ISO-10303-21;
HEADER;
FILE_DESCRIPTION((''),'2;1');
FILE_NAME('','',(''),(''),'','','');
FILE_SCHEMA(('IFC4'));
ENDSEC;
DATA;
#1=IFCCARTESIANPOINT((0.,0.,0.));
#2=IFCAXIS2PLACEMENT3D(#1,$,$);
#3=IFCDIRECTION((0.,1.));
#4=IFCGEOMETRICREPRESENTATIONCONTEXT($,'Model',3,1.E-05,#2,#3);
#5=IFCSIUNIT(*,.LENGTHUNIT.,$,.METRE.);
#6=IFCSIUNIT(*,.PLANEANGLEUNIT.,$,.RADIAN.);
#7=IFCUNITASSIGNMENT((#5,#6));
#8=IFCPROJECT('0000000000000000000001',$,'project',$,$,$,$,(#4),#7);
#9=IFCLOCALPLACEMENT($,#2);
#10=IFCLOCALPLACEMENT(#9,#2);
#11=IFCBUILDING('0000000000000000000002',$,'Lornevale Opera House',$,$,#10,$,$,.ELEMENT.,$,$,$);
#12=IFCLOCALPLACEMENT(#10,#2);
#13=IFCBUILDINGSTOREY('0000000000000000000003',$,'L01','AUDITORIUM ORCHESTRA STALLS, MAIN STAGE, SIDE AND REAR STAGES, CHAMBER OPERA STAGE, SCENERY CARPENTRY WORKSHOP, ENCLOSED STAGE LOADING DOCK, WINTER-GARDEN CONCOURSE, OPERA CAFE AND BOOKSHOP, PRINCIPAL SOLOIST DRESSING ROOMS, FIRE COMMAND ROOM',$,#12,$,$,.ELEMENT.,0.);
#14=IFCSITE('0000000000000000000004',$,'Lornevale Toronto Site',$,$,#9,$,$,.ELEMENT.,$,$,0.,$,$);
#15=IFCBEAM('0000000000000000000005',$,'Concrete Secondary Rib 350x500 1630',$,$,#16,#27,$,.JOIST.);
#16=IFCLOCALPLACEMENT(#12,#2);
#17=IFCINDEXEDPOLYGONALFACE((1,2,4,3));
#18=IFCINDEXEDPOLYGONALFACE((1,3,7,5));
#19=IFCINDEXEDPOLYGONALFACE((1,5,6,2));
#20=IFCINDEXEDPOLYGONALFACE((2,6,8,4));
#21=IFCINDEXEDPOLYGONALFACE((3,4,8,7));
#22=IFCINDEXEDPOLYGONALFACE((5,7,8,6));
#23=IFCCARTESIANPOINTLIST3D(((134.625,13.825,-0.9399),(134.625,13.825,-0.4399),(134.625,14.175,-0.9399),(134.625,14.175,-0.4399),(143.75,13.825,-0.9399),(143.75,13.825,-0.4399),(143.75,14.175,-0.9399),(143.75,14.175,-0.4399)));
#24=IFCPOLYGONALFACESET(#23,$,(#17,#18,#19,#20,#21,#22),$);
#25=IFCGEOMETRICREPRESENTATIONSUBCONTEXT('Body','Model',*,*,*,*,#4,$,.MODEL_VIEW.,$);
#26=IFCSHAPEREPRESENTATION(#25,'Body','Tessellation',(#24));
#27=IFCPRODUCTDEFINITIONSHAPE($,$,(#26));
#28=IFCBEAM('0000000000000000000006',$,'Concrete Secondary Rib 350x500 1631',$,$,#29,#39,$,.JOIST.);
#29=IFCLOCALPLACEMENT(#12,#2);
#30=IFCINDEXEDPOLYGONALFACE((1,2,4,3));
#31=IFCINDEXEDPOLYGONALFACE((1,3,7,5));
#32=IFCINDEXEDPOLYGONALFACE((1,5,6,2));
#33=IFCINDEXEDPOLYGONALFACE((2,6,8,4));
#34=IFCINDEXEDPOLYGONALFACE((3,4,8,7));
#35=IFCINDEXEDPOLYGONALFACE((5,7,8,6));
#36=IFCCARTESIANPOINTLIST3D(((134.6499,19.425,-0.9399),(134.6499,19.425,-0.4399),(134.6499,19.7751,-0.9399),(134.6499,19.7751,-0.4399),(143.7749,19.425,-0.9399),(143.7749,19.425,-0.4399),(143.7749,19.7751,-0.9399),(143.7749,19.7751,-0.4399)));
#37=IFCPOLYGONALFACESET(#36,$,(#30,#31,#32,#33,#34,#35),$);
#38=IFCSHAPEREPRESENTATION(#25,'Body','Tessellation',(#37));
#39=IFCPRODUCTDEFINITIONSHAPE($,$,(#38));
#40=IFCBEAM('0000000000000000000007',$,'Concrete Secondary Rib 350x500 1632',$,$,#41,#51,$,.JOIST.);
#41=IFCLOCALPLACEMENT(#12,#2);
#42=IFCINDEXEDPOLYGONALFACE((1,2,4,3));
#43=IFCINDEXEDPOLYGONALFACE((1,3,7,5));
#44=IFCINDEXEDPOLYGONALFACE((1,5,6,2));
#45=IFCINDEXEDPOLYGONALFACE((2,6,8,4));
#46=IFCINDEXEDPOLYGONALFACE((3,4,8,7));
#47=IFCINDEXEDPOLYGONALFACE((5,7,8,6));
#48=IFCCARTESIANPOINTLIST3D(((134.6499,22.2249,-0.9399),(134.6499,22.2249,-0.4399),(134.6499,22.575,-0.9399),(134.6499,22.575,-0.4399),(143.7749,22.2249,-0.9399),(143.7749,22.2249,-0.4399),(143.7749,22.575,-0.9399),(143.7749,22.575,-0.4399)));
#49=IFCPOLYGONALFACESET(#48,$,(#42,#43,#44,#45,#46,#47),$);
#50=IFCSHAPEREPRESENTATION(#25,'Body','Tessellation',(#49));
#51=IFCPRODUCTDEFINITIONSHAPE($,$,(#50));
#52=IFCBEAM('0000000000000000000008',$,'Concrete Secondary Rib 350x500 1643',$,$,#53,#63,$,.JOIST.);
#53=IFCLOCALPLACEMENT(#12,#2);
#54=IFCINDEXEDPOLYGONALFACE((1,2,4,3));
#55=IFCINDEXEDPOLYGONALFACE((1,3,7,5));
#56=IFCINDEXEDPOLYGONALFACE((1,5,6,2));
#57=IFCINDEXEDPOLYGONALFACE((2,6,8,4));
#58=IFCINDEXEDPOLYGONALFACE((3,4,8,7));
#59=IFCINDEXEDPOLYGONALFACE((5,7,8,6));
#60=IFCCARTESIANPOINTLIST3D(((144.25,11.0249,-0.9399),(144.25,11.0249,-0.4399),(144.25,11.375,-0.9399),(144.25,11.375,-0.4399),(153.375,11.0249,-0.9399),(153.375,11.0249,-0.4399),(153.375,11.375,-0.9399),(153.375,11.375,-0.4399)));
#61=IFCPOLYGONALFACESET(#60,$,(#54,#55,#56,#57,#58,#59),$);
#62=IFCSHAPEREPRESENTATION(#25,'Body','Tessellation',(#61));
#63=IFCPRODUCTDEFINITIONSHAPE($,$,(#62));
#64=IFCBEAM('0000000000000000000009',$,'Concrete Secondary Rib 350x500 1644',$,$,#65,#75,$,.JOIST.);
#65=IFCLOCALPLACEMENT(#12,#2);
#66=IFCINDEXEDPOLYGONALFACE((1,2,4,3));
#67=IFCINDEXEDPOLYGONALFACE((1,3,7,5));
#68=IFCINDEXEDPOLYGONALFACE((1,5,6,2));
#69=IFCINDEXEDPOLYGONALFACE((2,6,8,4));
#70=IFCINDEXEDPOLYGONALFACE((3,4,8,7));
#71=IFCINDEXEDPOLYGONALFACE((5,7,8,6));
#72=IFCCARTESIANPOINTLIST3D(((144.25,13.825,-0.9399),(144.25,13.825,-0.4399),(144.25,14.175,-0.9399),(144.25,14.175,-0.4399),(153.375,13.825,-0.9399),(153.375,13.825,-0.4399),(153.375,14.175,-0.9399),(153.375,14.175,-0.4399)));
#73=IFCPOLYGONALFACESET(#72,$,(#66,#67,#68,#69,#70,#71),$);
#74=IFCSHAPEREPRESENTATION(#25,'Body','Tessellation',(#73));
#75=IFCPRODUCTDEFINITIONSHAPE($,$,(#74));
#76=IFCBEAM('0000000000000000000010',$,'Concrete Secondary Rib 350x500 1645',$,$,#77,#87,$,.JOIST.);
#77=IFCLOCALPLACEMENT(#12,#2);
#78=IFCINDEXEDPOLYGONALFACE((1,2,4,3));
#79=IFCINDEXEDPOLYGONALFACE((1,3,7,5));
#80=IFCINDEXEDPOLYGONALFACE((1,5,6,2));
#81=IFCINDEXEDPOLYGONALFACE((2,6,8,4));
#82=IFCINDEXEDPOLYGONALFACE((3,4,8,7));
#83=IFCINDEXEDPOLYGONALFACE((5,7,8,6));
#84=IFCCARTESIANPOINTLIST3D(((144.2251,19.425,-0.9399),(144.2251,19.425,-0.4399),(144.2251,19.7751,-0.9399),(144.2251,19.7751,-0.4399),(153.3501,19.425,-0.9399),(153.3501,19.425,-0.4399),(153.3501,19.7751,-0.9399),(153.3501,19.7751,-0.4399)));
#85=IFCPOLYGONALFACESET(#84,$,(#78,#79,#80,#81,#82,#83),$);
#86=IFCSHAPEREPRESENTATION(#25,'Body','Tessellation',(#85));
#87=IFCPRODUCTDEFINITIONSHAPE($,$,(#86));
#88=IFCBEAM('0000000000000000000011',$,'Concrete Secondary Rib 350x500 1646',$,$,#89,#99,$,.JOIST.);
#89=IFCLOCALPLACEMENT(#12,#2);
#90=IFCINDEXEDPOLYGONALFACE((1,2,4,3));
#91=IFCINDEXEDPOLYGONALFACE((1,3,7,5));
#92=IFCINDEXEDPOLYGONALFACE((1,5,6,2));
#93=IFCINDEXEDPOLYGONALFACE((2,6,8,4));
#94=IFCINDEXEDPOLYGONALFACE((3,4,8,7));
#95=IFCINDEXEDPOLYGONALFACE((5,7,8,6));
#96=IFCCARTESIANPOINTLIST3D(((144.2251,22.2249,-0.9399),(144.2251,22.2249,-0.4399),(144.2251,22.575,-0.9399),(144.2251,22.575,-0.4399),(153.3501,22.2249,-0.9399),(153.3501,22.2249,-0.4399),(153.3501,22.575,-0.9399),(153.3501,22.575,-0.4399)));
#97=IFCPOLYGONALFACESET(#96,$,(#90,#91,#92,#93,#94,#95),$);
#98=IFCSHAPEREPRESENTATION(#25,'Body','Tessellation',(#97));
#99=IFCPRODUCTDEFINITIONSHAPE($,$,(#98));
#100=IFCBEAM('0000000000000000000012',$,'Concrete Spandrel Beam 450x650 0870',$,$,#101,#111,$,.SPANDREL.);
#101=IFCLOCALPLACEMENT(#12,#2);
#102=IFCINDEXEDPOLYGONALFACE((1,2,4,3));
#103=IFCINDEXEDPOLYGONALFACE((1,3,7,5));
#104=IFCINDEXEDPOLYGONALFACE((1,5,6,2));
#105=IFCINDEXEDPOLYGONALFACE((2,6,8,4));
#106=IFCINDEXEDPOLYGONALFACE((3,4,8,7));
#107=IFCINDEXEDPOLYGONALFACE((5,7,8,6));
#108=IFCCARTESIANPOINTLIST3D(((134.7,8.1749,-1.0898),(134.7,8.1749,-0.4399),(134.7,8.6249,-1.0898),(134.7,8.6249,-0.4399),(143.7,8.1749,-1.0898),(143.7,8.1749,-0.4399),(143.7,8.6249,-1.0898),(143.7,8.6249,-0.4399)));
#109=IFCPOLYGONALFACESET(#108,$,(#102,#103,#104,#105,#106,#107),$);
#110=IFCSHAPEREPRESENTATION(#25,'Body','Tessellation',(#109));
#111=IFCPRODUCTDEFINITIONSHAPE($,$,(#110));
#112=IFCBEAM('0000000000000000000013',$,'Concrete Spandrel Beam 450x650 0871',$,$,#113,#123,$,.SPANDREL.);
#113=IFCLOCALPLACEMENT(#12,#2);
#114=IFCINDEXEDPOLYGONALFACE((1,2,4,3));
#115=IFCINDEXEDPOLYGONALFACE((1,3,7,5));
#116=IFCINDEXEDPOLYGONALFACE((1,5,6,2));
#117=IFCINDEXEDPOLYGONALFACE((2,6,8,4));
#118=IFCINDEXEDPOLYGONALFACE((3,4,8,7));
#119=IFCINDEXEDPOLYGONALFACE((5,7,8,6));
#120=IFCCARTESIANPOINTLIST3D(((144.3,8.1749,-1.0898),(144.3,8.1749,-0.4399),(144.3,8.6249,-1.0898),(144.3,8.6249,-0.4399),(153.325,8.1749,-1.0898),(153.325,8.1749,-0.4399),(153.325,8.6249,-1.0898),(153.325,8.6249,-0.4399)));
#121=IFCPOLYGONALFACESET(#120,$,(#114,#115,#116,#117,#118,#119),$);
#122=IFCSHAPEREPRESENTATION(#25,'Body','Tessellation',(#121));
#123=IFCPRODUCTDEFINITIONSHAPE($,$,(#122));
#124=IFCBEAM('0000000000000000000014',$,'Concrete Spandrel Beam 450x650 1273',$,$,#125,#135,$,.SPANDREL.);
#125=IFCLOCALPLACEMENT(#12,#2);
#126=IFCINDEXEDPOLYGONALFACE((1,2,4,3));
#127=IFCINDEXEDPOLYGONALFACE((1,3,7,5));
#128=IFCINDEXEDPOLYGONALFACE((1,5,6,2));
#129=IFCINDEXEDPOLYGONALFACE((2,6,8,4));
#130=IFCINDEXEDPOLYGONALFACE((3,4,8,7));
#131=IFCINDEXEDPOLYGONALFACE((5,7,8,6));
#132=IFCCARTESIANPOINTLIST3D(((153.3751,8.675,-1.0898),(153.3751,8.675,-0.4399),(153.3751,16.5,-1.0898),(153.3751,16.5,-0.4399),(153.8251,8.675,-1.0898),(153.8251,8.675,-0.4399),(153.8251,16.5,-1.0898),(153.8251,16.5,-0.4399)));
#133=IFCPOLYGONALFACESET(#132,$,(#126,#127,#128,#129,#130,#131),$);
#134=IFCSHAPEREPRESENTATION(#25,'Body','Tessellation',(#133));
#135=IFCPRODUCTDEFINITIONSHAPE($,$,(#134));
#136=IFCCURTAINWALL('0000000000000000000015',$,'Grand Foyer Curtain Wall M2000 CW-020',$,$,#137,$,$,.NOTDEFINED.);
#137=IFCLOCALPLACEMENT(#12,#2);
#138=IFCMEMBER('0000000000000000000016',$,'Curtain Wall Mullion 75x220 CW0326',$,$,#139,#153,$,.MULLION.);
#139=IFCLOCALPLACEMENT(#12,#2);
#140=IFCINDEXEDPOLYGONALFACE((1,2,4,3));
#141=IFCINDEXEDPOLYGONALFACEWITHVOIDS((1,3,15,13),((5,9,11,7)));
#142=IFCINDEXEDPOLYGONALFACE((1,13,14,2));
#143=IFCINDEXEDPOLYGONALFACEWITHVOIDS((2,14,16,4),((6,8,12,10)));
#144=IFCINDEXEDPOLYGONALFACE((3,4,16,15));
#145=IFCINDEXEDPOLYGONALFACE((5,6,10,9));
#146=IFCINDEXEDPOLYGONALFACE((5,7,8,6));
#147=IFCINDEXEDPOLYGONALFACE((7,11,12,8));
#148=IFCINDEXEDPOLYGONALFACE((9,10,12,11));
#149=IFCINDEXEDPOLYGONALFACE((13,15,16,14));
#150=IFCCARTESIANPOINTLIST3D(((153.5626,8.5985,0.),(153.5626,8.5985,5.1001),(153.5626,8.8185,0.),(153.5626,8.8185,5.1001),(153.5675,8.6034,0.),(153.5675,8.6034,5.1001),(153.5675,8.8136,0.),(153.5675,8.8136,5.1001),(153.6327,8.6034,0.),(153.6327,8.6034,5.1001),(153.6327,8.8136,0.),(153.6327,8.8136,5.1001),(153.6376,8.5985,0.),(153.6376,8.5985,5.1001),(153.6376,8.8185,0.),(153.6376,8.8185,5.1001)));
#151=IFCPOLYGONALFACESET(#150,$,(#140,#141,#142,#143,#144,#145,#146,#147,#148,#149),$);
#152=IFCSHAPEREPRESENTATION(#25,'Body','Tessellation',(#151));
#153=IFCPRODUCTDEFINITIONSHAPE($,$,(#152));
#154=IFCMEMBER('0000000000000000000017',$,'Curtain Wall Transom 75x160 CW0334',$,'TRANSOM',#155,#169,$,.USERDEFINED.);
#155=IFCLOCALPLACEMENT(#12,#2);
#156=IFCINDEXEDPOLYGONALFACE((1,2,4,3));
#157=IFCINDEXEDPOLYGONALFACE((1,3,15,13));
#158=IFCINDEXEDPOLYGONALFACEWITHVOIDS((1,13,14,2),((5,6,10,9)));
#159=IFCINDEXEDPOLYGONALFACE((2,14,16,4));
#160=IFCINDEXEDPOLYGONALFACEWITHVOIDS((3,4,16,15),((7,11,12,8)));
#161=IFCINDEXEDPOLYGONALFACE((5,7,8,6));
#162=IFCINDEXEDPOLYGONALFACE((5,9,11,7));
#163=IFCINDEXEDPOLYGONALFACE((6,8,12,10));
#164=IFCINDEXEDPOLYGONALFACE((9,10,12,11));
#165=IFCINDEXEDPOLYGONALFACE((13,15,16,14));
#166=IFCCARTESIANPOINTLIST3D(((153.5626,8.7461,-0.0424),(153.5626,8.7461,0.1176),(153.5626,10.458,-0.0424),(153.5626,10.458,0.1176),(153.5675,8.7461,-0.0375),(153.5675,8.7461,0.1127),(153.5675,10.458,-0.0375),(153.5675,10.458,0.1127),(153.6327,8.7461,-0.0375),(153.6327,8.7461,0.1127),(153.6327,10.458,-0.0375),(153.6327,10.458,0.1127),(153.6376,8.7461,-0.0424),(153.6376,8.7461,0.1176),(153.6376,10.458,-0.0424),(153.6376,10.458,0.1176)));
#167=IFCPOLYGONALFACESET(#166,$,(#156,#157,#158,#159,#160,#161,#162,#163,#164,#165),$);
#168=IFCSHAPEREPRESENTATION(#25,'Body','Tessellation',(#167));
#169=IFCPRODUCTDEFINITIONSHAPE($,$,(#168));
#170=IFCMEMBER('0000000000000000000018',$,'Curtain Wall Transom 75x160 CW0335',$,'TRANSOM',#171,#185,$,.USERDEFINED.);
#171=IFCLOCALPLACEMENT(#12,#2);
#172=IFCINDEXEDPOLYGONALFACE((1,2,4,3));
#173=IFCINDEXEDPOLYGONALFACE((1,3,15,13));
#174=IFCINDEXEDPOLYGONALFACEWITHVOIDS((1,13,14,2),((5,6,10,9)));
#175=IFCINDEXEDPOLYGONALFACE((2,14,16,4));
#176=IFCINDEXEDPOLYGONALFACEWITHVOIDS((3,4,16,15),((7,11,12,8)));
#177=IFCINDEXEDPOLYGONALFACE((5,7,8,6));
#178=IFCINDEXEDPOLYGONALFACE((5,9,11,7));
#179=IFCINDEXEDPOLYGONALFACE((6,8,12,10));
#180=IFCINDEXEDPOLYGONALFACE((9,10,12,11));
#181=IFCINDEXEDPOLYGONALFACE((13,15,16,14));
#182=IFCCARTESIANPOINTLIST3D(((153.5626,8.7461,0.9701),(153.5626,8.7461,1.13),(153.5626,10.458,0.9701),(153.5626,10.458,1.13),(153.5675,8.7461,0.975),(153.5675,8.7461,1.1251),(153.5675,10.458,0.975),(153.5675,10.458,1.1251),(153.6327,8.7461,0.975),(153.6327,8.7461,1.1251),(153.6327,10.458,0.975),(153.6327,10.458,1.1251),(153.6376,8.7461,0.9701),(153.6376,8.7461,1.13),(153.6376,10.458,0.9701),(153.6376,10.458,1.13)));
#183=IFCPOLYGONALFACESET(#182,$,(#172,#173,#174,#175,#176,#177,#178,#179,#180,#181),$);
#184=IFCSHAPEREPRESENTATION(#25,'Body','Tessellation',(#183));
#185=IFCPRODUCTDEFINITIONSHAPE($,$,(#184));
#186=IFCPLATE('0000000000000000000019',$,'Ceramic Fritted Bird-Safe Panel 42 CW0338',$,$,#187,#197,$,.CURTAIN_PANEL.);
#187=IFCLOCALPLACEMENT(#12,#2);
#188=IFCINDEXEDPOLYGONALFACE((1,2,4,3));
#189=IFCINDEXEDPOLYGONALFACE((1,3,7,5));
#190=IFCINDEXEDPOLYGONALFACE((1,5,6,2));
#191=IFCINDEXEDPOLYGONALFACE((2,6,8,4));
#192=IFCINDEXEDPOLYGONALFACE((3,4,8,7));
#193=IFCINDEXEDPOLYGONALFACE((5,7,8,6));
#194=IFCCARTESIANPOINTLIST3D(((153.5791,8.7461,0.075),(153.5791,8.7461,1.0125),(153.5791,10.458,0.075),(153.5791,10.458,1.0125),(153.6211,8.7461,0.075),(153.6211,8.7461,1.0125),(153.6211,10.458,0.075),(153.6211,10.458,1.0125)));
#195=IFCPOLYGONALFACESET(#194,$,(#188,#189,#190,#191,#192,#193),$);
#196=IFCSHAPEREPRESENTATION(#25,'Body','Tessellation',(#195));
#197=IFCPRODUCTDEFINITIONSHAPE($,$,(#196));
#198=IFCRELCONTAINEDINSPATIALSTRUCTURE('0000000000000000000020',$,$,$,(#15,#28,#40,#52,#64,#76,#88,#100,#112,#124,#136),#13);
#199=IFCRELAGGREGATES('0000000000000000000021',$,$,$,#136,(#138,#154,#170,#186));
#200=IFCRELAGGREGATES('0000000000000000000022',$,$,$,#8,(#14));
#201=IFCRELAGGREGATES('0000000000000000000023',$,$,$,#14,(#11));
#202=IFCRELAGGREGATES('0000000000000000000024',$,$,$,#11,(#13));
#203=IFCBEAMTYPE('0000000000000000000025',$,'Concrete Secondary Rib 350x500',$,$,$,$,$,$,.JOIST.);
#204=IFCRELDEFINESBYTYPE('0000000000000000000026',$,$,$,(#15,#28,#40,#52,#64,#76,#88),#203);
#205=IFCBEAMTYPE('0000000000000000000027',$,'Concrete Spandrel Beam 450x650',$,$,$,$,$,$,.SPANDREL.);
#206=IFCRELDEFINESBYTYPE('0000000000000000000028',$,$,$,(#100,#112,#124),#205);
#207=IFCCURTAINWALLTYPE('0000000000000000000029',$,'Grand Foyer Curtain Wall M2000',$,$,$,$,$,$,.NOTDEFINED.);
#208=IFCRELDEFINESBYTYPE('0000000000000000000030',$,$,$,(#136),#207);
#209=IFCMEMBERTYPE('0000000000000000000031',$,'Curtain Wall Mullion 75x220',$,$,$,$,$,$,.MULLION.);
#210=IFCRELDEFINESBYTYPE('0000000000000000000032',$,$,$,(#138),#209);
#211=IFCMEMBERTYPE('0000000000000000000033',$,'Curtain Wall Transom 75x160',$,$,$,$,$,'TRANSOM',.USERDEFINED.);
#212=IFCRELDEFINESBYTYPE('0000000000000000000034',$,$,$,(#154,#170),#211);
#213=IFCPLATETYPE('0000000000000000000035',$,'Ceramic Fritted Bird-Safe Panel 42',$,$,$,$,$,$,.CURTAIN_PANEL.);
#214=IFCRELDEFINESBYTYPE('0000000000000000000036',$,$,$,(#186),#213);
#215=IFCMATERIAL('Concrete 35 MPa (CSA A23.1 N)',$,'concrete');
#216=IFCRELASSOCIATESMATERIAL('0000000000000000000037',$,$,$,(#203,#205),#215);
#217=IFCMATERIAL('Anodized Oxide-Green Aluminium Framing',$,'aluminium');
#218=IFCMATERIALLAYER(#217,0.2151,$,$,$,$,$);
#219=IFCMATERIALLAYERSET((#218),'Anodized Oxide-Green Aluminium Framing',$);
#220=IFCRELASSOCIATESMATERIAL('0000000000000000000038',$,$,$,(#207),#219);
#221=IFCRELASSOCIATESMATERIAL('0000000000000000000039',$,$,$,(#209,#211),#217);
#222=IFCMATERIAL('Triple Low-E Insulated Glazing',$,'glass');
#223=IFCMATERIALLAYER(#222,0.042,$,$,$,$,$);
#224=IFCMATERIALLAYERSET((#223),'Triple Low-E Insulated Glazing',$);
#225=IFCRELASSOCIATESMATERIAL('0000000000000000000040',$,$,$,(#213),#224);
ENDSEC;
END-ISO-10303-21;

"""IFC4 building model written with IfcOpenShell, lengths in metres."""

from ifc_helpers import new_model, si_unit, direction, frame, origin, origin_2d, place, context, subcontext, project, spatial, rectangle, hollow_rectangle, extrude, material, layer, layer_set, material_profile, profile_set, type_object, element, aggregate, save


model = new_model("IFC4")

# Units and contexts
model_context = context("Model", 3, precision=1e-05, world=origin(), true_north=direction((0.0, 1.0)))
body_context = subcontext(model_context, "Body", "Model", "MODEL_VIEW")
ifc_project = project(units=[si_unit("LENGTHUNIT", "METRE"), si_unit("PLANEANGLEUNIT", "RADIAN")], contexts=[model_context])

# Site, building, storey
site_placement = place(None, origin())
site = spatial("IfcSite", under=ifc_project, at=site_placement, Name="Lornevale Toronto Site", CompositionType="ELEMENT", RefElevation=0.0)
building_placement = place(site_placement, origin())
building = spatial("IfcBuilding", under=site, at=building_placement, Name="Lornevale Opera House", CompositionType="ELEMENT")
storey_placement = place(building_placement, origin())
storey = spatial("IfcBuildingStorey", under=building, at=storey_placement, Name="L01", Description="AUDITORIUM ORCHESTRA STALLS, MAIN STAGE, SIDE AND REAR STAGES, CHAMBER OPERA STAGE, SCENERY CARPENTRY WORKSHOP, ENCLOSED STAGE LOADING DOCK, WINTER-GARDEN CONCOURSE, OPERA CAFE AND BOOKSHOP, PRINCIPAL SOLOIST DRESSING ROOMS, FIRE COMMAND ROOM", CompositionType="ELEMENT", Elevation=0.0)

# Shared definitions
ifc_material_1 = material(Name="Concrete 35 MPa (CSA A23.1 N)", Category="concrete")

# Beams
ifc_material_profile_1 = material_profile(ifc_material_1, rectangle(XDim=0.3501, YDim=0.5, at=origin_2d()), Name="RC350x500")
ifc_profile_set_1 = profile_set([ifc_material_profile_1], Name="Concrete 35 MPa (CSA A23.1 N)")
beam_type_1 = type_object("IfcBeamType", Name="Concrete Secondary Rib 350x500", PredefinedType="JOIST", material=ifc_profile_set_1)
for number, where, z_axis, x_axis, name in (
    (1, (134.625, 14.0, -0.6899), (1.0, 0.0, 0.0), (0.0, 1.0, 0.0), "Concrete Secondary Rib 350x500 1630"),
    (2, (134.6499, 19.6001, -0.6899), (1.0, 0.0, 0.0), (0.0, 1.0, 0.0), "Concrete Secondary Rib 350x500 1631"),
    (3, (134.6499, 22.3999, -0.6899), (1.0, 0.0, 0.0), (0.0, 1.0, 0.0), "Concrete Secondary Rib 350x500 1632"),
    (4, (144.25, 11.2, -0.6899), (1.0, 0.0, 0.0), (0.0, 1.0, 0.0), "Concrete Secondary Rib 350x500 1643"),
    (5, (144.25, 14.0, -0.6899), (1.0, 0.0, 0.0), (0.0, 1.0, 0.0), "Concrete Secondary Rib 350x500 1644"),
    (6, (144.2251, 19.6001, -0.6899), (1.0, 0.0, 0.0), (0.0, 1.0, 0.0), "Concrete Secondary Rib 350x500 1645"),
    (7, (144.2251, 22.3999, -0.6899), (1.0, 0.0, 0.0), (0.0, 1.0, 0.0), "Concrete Secondary Rib 350x500 1646"),
):
    element("IfcBeam", number, at=place(storey_placement, frame(where, z_axis=z_axis, x_axis=x_axis)), inside=storey, type_object=beam_type_1, Name=name, PredefinedType="JOIST", context=body_context, shape_type="SweptSolid", body=[
        extrude(rectangle(XDim=0.3501, YDim=0.5, at=origin_2d()), origin(), (0.0, 0.0, 1.0), 9.125),
    ])
ifc_material_profile_2 = material_profile(ifc_material_1, rectangle(XDim=0.45, YDim=0.6499, at=origin_2d()), Name="RC450x650")
ifc_profile_set_2 = profile_set([ifc_material_profile_2], Name="Concrete 35 MPa (CSA A23.1 N)")
beam_type_2 = type_object("IfcBeamType", Name="Concrete Spandrel Beam 450x650", PredefinedType="SPANDREL", material=ifc_profile_set_2)
beam_1_placement = place(storey_placement, frame((134.7, 8.3999, -0.7649), z_axis=(1.0, 0.0, 0.0), x_axis=(0.0, 1.0, 0.0)))
element("IfcBeam", 8, at=beam_1_placement, inside=storey, type_object=beam_type_2, Name="Concrete Spandrel Beam 450x650 0870", PredefinedType="SPANDREL", context=body_context, shape_type="SweptSolid", body=[
    extrude(rectangle(XDim=0.45, YDim=0.6499, at=origin_2d()), origin(), (0.0, 0.0, 1.0), 9.0),
])
beam_2_placement = place(storey_placement, frame((144.3, 8.3999, -0.7649), z_axis=(1.0, 0.0, 0.0), x_axis=(0.0, 1.0, 0.0)))
element("IfcBeam", 9, at=beam_2_placement, inside=storey, type_object=beam_type_2, Name="Concrete Spandrel Beam 450x650 0871", PredefinedType="SPANDREL", context=body_context, shape_type="SweptSolid", body=[
    extrude(rectangle(XDim=0.45, YDim=0.6499, at=origin_2d()), origin(), (0.0, 0.0, 1.0), 9.0249),
])
beam_3_placement = place(storey_placement, frame((153.6001, 8.675, -0.7649), z_axis=(0.0, 1.0, 0.0), x_axis=(-1.0, 0.0, 0.0)))
element("IfcBeam", 10, at=beam_3_placement, inside=storey, type_object=beam_type_2, Name="Concrete Spandrel Beam 450x650 1273", PredefinedType="SPANDREL", context=body_context, shape_type="SweptSolid", body=[
    extrude(rectangle(XDim=0.45, YDim=0.6499, at=origin_2d()), origin(), (0.0, 0.0, 1.0), 7.825),
])

# Curtain wall, members, plate
ifc_material_2 = material(Name="Anodized Oxide-Green Aluminium Framing", Category="aluminium")
ifc_layer_1 = layer(ifc_material_2, 0.2151)
ifc_layer_set_1 = layer_set([ifc_layer_1], Name="Anodized Oxide-Green Aluminium Framing")
curtain_wall_type = type_object("IfcCurtainWallType", Name="Grand Foyer Curtain Wall M2000", PredefinedType="NOTDEFINED", material=ifc_layer_set_1)
curtain_wall_placement = place(storey_placement, origin())
curtain_wall = element("IfcCurtainWall", 11, at=curtain_wall_placement, inside=storey, type_object=curtain_wall_type, Name="Grand Foyer Curtain Wall M2000 CW-020", PredefinedType="NOTDEFINED")
ifc_material_profile_3 = material_profile(ifc_material_2, hollow_rectangle(XDim=0.075, YDim=0.22, WallThickness=0.0049, at=origin_2d()), Name="ALU75x220x5")
ifc_profile_set_3 = profile_set([ifc_material_profile_3], Name="Anodized Oxide-Green Aluminium Framing")
member_type_1 = type_object("IfcMemberType", Name="Curtain Wall Mullion 75x220", PredefinedType="MULLION", material=ifc_profile_set_3)
member_1_placement = place(storey_placement, frame((153.6001, 8.7085, 0.0), z_axis=(0.0, 0.0, 1.0), x_axis=(1.0, 0.0, 0.0)))
member_1 = element("IfcMember", 12, at=member_1_placement, type_object=member_type_1, Name="Curtain Wall Mullion 75x220 CW0326", PredefinedType="MULLION", context=body_context, shape_type="SweptSolid", body=[
    extrude(hollow_rectangle(XDim=0.075, YDim=0.22, WallThickness=0.0049, at=origin_2d()), origin(), (0.0, 0.0, 1.0), 5.1001),
])
ifc_material_profile_4 = material_profile(ifc_material_2, hollow_rectangle(XDim=0.075, YDim=0.1599, WallThickness=0.0049, at=origin_2d()), Name="ALU75x160x5")
ifc_profile_set_4 = profile_set([ifc_material_profile_4], Name="Anodized Oxide-Green Aluminium Framing")
member_type_2 = type_object("IfcMemberType", Name="Curtain Wall Transom 75x160", ElementType="TRANSOM", PredefinedType="USERDEFINED", material=ifc_profile_set_4)
member_2_placement = place(storey_placement, frame((153.6001, 10.458, 0.0376), z_axis=(0.0, -1.0, 0.0), x_axis=(1.0, 0.0, 0.0)))
member_2 = element("IfcMember", 13, at=member_2_placement, type_object=member_type_2, Name="Curtain Wall Transom 75x160 CW0334", ObjectType="TRANSOM", PredefinedType="USERDEFINED", context=body_context, shape_type="SweptSolid", body=[
    extrude(hollow_rectangle(XDim=0.075, YDim=0.1599, WallThickness=0.0049, at=origin_2d()), origin(), (0.0, 0.0, 1.0), 1.7119),
])
member_3_placement = place(storey_placement, frame((153.6001, 10.458, 1.05), z_axis=(0.0, -1.0, 0.0), x_axis=(1.0, 0.0, 0.0)))
member_3 = element("IfcMember", 14, at=member_3_placement, type_object=member_type_2, Name="Curtain Wall Transom 75x160 CW0335", ObjectType="TRANSOM", PredefinedType="USERDEFINED", context=body_context, shape_type="SweptSolid", body=[
    extrude(hollow_rectangle(XDim=0.075, YDim=0.1599, WallThickness=0.0049, at=origin_2d()), origin(), (0.0, 0.0, 1.0), 1.7119),
])
ifc_material_3 = material(Name="Triple Low-E Insulated Glazing", Category="glass")
ifc_layer_2 = layer(ifc_material_3, 0.042)
ifc_layer_set_2 = layer_set([ifc_layer_2], Name="Triple Low-E Insulated Glazing")
plate_type = type_object("IfcPlateType", Name="Ceramic Fritted Bird-Safe Panel 42", PredefinedType="CURTAIN_PANEL", material=ifc_layer_set_2)
plate_1_placement = place(storey_placement, frame((153.6001, 9.6021, 0.075), z_axis=(0.0, 0.0, 1.0), x_axis=(0.0, -1.0, 0.0)))
plate_1 = element("IfcPlate", 15, at=plate_1_placement, type_object=plate_type, Name="Ceramic Fritted Bird-Safe Panel 42 CW0338", PredefinedType="CURTAIN_PANEL", context=body_context, shape_type="SweptSolid", body=[
    extrude(rectangle(XDim=1.7119, YDim=0.042, at=origin_2d()), origin(), (0.0, 0.0, 1.0), 0.9375),
])
aggregate(curtain_wall, [member_1, member_2, member_3, plate_1])

save(model, "model.ifc")
